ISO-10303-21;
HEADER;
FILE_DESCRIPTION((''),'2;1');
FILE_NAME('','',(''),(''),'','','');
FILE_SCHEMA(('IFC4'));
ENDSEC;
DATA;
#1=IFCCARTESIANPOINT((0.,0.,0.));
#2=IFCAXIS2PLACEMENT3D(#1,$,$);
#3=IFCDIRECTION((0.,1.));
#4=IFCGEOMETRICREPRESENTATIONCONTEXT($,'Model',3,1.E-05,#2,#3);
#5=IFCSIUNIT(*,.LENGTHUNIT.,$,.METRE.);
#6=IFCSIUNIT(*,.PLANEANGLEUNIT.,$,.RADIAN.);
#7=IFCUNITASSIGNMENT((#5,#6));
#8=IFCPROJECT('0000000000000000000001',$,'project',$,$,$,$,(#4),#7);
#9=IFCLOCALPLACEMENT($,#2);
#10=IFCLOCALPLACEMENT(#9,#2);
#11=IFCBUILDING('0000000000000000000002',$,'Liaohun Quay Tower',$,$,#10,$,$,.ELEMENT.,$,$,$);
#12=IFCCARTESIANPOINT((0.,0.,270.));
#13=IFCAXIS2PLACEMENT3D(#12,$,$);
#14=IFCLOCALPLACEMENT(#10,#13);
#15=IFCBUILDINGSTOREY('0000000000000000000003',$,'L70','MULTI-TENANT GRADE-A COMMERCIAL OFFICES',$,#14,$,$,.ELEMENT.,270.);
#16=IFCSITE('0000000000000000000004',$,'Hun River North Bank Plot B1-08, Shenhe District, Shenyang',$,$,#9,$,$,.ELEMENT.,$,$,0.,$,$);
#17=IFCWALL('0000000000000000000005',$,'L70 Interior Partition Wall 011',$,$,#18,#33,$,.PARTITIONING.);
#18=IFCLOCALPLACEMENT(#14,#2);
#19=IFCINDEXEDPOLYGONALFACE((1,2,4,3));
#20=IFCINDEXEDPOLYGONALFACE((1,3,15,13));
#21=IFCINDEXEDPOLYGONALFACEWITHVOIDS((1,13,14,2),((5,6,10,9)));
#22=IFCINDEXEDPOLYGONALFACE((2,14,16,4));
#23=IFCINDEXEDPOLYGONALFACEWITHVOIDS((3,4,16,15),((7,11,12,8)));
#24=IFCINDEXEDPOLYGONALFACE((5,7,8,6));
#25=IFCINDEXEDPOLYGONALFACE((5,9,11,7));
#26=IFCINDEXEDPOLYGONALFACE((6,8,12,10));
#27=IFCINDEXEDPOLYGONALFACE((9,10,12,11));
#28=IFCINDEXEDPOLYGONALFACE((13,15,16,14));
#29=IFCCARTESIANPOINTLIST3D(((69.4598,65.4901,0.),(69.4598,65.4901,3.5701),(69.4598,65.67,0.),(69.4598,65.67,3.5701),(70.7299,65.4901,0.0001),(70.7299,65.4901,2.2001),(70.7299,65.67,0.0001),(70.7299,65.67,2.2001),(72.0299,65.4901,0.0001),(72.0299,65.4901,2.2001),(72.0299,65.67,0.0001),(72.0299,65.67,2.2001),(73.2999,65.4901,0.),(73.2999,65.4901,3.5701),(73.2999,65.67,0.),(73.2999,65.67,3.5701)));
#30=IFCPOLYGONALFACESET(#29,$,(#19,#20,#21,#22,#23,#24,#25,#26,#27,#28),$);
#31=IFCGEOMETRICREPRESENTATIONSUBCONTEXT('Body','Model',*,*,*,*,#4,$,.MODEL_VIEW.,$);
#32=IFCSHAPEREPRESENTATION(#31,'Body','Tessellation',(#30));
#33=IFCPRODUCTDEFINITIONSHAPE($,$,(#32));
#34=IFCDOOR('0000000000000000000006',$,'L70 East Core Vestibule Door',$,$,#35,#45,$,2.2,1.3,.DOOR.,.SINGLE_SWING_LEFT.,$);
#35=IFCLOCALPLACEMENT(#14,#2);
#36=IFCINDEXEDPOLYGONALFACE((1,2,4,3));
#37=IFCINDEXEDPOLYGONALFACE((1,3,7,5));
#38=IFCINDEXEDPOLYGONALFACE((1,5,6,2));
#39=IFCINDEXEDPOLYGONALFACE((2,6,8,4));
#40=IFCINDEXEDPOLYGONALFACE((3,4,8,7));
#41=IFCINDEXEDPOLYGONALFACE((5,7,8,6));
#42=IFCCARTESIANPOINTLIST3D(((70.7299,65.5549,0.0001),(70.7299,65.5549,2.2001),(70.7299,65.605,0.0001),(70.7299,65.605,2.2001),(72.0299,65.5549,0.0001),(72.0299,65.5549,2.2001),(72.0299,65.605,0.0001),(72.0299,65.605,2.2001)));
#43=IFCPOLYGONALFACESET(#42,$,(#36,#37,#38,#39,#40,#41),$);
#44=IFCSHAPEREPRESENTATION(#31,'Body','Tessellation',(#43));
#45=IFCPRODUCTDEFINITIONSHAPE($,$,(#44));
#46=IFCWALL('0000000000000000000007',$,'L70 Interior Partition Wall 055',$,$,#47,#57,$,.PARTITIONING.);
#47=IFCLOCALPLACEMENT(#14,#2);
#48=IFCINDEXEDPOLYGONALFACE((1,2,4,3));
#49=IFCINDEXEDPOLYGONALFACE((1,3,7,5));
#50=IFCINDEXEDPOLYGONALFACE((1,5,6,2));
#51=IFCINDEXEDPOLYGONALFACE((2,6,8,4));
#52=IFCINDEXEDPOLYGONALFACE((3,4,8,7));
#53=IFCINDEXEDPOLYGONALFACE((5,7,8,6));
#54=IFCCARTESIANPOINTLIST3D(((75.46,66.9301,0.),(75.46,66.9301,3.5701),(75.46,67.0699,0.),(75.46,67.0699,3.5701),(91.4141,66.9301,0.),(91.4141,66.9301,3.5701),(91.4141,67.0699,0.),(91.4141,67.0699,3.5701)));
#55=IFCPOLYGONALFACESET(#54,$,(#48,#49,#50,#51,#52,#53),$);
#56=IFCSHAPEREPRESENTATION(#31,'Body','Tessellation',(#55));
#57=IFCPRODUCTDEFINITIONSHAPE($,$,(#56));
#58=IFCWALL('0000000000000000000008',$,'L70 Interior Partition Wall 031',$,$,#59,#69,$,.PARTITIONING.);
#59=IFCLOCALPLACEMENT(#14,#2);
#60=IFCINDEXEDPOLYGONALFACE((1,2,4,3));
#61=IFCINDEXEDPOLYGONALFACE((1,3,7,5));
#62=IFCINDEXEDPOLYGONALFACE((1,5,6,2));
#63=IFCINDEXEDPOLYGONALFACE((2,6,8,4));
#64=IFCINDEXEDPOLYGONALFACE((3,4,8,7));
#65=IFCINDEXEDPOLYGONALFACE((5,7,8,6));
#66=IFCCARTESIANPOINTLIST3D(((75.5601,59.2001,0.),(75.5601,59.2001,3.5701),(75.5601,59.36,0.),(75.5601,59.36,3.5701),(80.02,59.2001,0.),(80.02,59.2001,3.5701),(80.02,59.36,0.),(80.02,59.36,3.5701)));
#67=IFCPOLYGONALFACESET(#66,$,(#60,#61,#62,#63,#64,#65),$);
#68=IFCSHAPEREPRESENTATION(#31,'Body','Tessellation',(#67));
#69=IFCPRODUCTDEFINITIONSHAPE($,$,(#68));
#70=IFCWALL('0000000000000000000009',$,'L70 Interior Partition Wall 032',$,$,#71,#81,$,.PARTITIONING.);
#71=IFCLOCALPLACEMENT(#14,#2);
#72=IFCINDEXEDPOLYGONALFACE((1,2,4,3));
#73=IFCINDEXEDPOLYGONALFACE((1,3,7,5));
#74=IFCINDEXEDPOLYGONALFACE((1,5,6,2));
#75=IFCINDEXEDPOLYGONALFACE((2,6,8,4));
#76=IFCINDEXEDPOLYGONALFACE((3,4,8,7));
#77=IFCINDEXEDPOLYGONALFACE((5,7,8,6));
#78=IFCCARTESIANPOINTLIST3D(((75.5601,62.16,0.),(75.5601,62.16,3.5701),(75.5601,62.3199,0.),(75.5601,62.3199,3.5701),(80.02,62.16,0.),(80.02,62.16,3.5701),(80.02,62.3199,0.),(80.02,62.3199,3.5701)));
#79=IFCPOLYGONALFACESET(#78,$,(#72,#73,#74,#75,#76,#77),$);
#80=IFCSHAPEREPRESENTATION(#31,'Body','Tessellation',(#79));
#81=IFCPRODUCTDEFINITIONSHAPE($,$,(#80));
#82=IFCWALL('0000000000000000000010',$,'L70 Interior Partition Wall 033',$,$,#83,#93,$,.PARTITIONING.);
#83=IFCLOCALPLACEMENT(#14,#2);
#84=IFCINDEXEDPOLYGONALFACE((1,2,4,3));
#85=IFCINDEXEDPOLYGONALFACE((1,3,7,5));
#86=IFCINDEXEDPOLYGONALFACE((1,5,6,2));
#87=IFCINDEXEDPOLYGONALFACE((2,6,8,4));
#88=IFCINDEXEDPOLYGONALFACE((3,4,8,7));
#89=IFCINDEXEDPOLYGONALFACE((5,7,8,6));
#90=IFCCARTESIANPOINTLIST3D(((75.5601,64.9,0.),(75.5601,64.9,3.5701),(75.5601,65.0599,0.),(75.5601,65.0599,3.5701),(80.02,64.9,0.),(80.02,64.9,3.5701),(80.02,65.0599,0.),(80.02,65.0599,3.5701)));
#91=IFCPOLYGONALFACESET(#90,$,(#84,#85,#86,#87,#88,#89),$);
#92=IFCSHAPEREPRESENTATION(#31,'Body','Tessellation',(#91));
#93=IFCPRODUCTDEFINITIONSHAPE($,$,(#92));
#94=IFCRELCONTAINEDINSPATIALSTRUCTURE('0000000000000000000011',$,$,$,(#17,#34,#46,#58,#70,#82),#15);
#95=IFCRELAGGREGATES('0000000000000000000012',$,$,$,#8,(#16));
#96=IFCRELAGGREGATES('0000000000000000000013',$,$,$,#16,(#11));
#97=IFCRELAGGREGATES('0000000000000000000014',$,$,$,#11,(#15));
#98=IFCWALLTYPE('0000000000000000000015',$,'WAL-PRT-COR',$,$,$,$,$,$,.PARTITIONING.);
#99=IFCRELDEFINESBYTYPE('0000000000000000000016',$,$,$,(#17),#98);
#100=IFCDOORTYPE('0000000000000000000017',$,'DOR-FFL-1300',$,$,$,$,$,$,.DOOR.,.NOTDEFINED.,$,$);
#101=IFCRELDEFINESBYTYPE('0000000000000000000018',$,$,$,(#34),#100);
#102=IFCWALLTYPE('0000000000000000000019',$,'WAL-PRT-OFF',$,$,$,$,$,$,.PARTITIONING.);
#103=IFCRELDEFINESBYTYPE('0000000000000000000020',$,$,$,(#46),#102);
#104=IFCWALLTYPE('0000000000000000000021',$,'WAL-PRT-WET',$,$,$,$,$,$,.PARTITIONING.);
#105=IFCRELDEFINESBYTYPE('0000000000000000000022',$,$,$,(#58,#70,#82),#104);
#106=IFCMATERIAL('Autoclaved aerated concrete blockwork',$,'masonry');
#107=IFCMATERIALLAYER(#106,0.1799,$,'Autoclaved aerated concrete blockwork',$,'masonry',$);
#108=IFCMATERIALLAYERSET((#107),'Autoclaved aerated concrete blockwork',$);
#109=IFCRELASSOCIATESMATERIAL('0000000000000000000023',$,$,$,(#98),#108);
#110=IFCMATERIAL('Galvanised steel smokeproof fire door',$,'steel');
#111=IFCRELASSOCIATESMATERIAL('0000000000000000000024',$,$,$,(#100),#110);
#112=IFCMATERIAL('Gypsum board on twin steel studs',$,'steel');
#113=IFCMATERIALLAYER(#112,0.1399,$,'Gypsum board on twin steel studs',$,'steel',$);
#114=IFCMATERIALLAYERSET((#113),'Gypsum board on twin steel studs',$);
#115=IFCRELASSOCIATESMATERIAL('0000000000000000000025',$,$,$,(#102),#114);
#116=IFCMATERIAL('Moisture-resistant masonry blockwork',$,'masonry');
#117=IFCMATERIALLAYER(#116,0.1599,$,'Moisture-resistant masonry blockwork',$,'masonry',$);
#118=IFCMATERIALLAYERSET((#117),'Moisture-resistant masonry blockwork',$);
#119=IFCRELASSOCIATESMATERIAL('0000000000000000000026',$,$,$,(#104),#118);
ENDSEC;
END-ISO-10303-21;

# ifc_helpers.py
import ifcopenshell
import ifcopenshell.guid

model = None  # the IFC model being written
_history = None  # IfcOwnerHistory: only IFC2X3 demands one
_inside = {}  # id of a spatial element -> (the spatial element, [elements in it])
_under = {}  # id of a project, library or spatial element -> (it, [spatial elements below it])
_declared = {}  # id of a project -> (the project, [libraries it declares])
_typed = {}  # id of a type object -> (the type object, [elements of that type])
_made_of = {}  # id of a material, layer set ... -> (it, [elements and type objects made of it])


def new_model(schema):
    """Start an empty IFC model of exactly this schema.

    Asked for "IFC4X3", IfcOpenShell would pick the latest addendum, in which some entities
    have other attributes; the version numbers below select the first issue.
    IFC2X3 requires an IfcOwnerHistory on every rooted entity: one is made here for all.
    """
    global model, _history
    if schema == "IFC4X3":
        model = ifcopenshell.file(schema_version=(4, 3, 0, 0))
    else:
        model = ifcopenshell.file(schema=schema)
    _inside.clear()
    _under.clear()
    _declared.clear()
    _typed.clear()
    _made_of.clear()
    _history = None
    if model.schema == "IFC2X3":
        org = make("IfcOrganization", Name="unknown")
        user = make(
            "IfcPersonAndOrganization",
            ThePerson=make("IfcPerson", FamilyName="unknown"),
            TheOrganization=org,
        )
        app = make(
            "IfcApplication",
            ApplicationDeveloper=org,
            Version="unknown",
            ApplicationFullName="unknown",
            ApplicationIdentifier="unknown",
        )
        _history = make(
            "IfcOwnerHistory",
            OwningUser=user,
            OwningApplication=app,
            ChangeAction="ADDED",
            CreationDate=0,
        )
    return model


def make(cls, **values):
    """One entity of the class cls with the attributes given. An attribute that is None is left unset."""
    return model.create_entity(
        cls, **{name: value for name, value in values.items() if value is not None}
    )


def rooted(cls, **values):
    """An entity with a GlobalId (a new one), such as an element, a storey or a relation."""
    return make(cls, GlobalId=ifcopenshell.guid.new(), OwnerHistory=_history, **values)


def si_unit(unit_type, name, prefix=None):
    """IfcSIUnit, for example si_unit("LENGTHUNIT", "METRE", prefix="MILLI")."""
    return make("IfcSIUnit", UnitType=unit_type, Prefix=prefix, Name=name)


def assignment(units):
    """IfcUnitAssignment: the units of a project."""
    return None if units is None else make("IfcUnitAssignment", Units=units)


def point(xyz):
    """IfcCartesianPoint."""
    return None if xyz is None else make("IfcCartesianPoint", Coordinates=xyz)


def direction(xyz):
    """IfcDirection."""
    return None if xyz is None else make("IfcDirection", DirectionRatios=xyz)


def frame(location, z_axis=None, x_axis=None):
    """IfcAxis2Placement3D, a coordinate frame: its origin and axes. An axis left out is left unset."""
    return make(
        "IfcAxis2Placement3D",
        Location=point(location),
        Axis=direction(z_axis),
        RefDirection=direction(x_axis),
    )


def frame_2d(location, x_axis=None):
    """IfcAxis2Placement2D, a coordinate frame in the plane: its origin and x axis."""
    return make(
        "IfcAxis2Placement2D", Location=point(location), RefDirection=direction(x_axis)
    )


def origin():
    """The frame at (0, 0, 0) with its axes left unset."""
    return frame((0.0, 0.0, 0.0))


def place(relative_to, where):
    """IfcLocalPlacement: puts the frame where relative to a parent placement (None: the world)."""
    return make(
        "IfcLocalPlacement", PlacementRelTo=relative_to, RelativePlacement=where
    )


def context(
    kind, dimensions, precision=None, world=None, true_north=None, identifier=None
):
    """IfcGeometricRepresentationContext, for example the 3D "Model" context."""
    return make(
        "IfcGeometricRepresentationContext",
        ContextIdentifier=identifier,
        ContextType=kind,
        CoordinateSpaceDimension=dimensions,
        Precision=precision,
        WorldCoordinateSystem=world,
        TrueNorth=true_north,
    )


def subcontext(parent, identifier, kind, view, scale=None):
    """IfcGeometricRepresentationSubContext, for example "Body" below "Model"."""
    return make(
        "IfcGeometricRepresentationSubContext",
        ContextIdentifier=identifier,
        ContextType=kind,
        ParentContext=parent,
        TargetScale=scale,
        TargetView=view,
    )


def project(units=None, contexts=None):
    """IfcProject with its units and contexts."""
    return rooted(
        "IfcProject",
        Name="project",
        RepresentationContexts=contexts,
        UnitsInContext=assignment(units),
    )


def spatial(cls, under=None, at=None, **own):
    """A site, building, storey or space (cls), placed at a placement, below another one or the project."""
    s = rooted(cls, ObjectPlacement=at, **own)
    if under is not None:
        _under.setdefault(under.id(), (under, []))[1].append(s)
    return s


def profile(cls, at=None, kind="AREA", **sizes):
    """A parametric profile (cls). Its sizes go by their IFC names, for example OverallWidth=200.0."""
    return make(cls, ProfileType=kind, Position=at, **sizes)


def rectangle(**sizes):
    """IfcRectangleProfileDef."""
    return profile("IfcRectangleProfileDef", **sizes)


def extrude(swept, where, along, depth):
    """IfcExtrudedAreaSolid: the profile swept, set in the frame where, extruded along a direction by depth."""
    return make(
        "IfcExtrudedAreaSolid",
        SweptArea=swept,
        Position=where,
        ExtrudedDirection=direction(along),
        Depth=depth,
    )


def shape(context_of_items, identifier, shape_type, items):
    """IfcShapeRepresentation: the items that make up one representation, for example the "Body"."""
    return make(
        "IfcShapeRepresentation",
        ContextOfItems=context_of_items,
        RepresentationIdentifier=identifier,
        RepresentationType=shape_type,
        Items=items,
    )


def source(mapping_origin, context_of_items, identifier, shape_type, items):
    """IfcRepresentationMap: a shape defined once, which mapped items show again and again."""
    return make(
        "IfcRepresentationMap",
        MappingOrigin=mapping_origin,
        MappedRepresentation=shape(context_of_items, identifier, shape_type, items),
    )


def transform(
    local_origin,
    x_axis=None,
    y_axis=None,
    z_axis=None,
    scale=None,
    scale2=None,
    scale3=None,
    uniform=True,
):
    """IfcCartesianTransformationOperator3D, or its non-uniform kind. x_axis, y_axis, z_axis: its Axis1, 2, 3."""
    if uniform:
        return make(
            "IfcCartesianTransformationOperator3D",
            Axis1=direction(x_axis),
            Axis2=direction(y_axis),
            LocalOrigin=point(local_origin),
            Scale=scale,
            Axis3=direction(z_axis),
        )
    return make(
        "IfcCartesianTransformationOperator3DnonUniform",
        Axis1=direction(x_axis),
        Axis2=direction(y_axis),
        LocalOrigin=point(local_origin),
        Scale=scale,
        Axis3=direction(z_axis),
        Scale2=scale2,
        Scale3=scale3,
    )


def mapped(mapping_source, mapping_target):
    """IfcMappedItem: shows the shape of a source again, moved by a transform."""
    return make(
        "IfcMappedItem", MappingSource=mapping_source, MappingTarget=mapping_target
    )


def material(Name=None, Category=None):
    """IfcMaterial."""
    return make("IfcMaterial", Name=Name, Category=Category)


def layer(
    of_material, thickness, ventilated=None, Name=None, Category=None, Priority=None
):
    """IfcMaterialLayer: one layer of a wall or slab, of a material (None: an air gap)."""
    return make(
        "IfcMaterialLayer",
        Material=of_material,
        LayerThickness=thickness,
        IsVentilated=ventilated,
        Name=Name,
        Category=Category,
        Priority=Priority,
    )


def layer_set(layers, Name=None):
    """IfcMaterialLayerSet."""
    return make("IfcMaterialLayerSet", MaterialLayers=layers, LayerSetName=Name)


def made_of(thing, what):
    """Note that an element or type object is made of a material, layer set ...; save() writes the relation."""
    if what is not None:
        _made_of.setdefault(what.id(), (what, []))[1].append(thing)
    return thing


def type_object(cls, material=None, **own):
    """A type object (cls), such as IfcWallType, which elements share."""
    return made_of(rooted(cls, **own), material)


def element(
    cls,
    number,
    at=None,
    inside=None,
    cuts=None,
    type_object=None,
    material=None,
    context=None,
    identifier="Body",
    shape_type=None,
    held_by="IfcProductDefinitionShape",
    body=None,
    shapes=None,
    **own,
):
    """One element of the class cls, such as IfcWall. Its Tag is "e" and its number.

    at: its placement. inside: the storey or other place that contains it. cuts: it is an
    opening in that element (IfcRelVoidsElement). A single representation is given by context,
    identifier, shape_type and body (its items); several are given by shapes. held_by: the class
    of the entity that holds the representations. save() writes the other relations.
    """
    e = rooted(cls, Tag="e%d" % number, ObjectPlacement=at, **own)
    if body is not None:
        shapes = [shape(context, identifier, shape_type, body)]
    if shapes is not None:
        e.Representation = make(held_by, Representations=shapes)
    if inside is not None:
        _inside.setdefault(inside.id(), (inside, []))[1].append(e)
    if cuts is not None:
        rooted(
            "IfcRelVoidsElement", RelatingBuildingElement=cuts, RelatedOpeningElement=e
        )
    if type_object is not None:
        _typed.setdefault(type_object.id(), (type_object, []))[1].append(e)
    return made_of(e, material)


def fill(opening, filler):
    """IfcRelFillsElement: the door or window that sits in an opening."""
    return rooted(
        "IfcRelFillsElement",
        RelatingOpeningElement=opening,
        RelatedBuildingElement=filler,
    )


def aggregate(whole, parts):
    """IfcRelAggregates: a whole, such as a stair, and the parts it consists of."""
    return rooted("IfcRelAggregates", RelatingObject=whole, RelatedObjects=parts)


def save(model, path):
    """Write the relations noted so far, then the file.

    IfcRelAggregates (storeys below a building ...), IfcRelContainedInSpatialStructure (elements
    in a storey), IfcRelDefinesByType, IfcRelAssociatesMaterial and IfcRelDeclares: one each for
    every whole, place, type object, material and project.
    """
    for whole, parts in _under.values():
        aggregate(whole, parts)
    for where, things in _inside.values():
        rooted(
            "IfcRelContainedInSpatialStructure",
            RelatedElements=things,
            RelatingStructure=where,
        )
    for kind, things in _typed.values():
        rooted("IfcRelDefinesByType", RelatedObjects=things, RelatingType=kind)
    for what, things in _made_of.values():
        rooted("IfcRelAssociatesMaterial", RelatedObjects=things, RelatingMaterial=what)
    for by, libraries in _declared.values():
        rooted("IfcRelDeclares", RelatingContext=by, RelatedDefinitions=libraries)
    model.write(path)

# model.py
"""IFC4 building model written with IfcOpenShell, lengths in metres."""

from ifc_helpers import new_model, si_unit, direction, frame, frame_2d, origin, place, context, subcontext, project, spatial, rectangle, extrude, source, transform, mapped, material, layer, layer_set, type_object, element, fill, save


model = new_model("IFC4")

# Units and contexts
model_context = context("Model", 3, precision=1e-05, world=origin(), true_north=direction((0.0, 1.0)))
body_context = subcontext(model_context, "Body", "Model", "MODEL_VIEW")
ifc_project = project(units=[si_unit("LENGTHUNIT", "METRE"), si_unit("PLANEANGLEUNIT", "RADIAN")], contexts=[model_context])

# Site, building, storey
site_placement = place(None, origin())
site = spatial("IfcSite", under=ifc_project, at=site_placement, Name="Hun River North Bank Plot B1-08, Shenhe District, Shenyang", CompositionType="ELEMENT", RefElevation=0.0)
building_placement = place(site_placement, origin())
building = spatial("IfcBuilding", under=site, at=building_placement, Name="Liaohun Quay Tower", CompositionType="ELEMENT")
storey_placement = place(building_placement, frame((0.0, 0.0, 270.0)))
storey = spatial("IfcBuildingStorey", under=building, at=storey_placement, Name="L70", Description="MULTI-TENANT GRADE-A COMMERCIAL OFFICES", CompositionType="ELEMENT", Elevation=270.0)

# Wall, opening, door
ifc_material_1 = material(Name="Autoclaved aerated concrete blockwork", Category="masonry")
ifc_layer_1 = layer(ifc_material_1, 0.1799, Name="Autoclaved aerated concrete blockwork", Category="masonry")
ifc_layer_set_1 = layer_set([ifc_layer_1], Name="Autoclaved aerated concrete blockwork")
wall_type_1 = type_object("IfcWallType", Name="WAL-PRT-COR", PredefinedType="PARTITIONING", material=ifc_layer_set_1)
wall_1_placement = place(storey_placement, frame((69.46, 65.5801, 0.0), z_axis=(0.0, 0.0, 1.0), x_axis=(1.0, 0.0, 0.0)))
wall_1 = element("IfcWall", 1, at=wall_1_placement, inside=storey, type_object=wall_type_1, Name="L70 Interior Partition Wall 011", PredefinedType="PARTITIONING", context=body_context, shape_type="SweptSolid", body=[
    extrude(rectangle(XDim=3.8401, YDim=0.1799, at=frame_2d((1.9199, 0.0))), origin(), (0.0, 0.0, 1.0), 3.5701),
])
shared_shape_1 = source(origin(), body_context, "Body", "SweptSolid", [
    extrude(rectangle(XDim=1.3, YDim=2.2, at=frame_2d((0.6499, 1.1001))), frame((0.0, 0.0999, 0.0), z_axis=(0.0, -1.0, 0.0), x_axis=(1.0, 0.0, 0.0)), (0.0, 0.0, 1.0), 0.2),
])
opening_1_placement = place(wall_1_placement, frame((1.27, 0.0, 0.0)))
opening_1 = element("IfcOpeningElement", 2, at=opening_1_placement, cuts=wall_1, PredefinedType="OPENING", context=body_context, shape_type="MappedRepresentation", body=[
    mapped(shared_shape_1, transform((0.0, 0.0, 0.0), x_axis=(1.0, 0.0, 0.0), y_axis=(0.0, 1.0, 0.0), z_axis=(0.0, 0.0, 1.0), scale=1.0)),
])
ifc_material_2 = material(Name="Galvanised steel smokeproof fire door", Category="steel")
door_type_1 = type_object("IfcDoorType", Name="DOR-FFL-1300", OperationType="NOTDEFINED", PredefinedType="DOOR", material=ifc_material_2)
shared_shape_2 = source(origin(), body_context, "Body", "SweptSolid", [
    extrude(rectangle(XDim=1.3, YDim=2.2, at=frame_2d((0.6499, 1.1001))), frame((0.0, 0.0249, 0.0), z_axis=(0.0, -1.0, 0.0), x_axis=(1.0, 0.0, 0.0)), (0.0, 0.0, 1.0), 0.05),
])
door_1_placement = place(opening_1_placement, origin())
door_1 = element("IfcDoor", 3, at=door_1_placement, inside=storey, type_object=door_type_1, Name="L70 East Core Vestibule Door", OperationType="SINGLE_SWING_LEFT", OverallHeight=2.2, OverallWidth=1.3, PredefinedType="DOOR", context=body_context, shape_type="MappedRepresentation", body=[
    mapped(shared_shape_2, transform((0.0, 0.0, 0.0), x_axis=(1.0, 0.0, 0.0), y_axis=(0.0, 1.0, 0.0), z_axis=(0.0, 0.0, 1.0), scale=1.0)),
])
fill(opening_1, door_1)

# Wall
ifc_material_3 = material(Name="Gypsum board on twin steel studs", Category="steel")
ifc_layer_2 = layer(ifc_material_3, 0.1399, Name="Gypsum board on twin steel studs", Category="steel")
ifc_layer_set_2 = layer_set([ifc_layer_2], Name="Gypsum board on twin steel studs")
wall_type_2 = type_object("IfcWallType", Name="WAL-PRT-OFF", PredefinedType="PARTITIONING", material=ifc_layer_set_2)
wall_2_placement = place(storey_placement, frame((75.46, 67.0, 0.0), z_axis=(0.0, 0.0, 1.0), x_axis=(1.0, 0.0, 0.0)))
element("IfcWall", 4, at=wall_2_placement, inside=storey, type_object=wall_type_2, Name="L70 Interior Partition Wall 055", PredefinedType="PARTITIONING", context=body_context, shape_type="SweptSolid", body=[
    extrude(rectangle(XDim=15.9541, YDim=0.1399, at=frame_2d((7.9771, 0.0))), origin(), (0.0, 0.0, 1.0), 3.5701),
])

# Shared definitions
ifc_material_4 = material(Name="Moisture-resistant masonry blockwork", Category="masonry")
ifc_layer_3 = layer(ifc_material_4, 0.1599, Name="Moisture-resistant masonry blockwork", Category="masonry")
ifc_layer_set_3 = layer_set([ifc_layer_3], Name="Moisture-resistant masonry blockwork")
wall_type_3 = type_object("IfcWallType", Name="WAL-PRT-WET", PredefinedType="PARTITIONING", material=ifc_layer_set_3)

# Walls
for number, where, z_axis, x_axis, name in (
    (5, (75.5601, 59.28, 0.0), (0.0, 0.0, 1.0), (1.0, 0.0, 0.0), "L70 Interior Partition Wall 031"),
    (6, (75.5601, 62.24, 0.0), (0.0, 0.0, 1.0), (1.0, 0.0, 0.0), "L70 Interior Partition Wall 032"),
    (7, (75.5601, 64.98, 0.0), (0.0, 0.0, 1.0), (1.0, 0.0, 0.0), "L70 Interior Partition Wall 033"),
):
    element("IfcWall", number, at=place(storey_placement, frame(where, z_axis=z_axis, x_axis=x_axis)), inside=storey, type_object=wall_type_3, Name=name, PredefinedType="PARTITIONING", context=body_context, shape_type="SweptSolid", body=[
        extrude(rectangle(XDim=4.46, YDim=0.1599, at=frame_2d((2.23, 0.0))), origin(), (0.0, 0.0, 1.0), 3.5701),
    ])

save(model, "model.ifc")
